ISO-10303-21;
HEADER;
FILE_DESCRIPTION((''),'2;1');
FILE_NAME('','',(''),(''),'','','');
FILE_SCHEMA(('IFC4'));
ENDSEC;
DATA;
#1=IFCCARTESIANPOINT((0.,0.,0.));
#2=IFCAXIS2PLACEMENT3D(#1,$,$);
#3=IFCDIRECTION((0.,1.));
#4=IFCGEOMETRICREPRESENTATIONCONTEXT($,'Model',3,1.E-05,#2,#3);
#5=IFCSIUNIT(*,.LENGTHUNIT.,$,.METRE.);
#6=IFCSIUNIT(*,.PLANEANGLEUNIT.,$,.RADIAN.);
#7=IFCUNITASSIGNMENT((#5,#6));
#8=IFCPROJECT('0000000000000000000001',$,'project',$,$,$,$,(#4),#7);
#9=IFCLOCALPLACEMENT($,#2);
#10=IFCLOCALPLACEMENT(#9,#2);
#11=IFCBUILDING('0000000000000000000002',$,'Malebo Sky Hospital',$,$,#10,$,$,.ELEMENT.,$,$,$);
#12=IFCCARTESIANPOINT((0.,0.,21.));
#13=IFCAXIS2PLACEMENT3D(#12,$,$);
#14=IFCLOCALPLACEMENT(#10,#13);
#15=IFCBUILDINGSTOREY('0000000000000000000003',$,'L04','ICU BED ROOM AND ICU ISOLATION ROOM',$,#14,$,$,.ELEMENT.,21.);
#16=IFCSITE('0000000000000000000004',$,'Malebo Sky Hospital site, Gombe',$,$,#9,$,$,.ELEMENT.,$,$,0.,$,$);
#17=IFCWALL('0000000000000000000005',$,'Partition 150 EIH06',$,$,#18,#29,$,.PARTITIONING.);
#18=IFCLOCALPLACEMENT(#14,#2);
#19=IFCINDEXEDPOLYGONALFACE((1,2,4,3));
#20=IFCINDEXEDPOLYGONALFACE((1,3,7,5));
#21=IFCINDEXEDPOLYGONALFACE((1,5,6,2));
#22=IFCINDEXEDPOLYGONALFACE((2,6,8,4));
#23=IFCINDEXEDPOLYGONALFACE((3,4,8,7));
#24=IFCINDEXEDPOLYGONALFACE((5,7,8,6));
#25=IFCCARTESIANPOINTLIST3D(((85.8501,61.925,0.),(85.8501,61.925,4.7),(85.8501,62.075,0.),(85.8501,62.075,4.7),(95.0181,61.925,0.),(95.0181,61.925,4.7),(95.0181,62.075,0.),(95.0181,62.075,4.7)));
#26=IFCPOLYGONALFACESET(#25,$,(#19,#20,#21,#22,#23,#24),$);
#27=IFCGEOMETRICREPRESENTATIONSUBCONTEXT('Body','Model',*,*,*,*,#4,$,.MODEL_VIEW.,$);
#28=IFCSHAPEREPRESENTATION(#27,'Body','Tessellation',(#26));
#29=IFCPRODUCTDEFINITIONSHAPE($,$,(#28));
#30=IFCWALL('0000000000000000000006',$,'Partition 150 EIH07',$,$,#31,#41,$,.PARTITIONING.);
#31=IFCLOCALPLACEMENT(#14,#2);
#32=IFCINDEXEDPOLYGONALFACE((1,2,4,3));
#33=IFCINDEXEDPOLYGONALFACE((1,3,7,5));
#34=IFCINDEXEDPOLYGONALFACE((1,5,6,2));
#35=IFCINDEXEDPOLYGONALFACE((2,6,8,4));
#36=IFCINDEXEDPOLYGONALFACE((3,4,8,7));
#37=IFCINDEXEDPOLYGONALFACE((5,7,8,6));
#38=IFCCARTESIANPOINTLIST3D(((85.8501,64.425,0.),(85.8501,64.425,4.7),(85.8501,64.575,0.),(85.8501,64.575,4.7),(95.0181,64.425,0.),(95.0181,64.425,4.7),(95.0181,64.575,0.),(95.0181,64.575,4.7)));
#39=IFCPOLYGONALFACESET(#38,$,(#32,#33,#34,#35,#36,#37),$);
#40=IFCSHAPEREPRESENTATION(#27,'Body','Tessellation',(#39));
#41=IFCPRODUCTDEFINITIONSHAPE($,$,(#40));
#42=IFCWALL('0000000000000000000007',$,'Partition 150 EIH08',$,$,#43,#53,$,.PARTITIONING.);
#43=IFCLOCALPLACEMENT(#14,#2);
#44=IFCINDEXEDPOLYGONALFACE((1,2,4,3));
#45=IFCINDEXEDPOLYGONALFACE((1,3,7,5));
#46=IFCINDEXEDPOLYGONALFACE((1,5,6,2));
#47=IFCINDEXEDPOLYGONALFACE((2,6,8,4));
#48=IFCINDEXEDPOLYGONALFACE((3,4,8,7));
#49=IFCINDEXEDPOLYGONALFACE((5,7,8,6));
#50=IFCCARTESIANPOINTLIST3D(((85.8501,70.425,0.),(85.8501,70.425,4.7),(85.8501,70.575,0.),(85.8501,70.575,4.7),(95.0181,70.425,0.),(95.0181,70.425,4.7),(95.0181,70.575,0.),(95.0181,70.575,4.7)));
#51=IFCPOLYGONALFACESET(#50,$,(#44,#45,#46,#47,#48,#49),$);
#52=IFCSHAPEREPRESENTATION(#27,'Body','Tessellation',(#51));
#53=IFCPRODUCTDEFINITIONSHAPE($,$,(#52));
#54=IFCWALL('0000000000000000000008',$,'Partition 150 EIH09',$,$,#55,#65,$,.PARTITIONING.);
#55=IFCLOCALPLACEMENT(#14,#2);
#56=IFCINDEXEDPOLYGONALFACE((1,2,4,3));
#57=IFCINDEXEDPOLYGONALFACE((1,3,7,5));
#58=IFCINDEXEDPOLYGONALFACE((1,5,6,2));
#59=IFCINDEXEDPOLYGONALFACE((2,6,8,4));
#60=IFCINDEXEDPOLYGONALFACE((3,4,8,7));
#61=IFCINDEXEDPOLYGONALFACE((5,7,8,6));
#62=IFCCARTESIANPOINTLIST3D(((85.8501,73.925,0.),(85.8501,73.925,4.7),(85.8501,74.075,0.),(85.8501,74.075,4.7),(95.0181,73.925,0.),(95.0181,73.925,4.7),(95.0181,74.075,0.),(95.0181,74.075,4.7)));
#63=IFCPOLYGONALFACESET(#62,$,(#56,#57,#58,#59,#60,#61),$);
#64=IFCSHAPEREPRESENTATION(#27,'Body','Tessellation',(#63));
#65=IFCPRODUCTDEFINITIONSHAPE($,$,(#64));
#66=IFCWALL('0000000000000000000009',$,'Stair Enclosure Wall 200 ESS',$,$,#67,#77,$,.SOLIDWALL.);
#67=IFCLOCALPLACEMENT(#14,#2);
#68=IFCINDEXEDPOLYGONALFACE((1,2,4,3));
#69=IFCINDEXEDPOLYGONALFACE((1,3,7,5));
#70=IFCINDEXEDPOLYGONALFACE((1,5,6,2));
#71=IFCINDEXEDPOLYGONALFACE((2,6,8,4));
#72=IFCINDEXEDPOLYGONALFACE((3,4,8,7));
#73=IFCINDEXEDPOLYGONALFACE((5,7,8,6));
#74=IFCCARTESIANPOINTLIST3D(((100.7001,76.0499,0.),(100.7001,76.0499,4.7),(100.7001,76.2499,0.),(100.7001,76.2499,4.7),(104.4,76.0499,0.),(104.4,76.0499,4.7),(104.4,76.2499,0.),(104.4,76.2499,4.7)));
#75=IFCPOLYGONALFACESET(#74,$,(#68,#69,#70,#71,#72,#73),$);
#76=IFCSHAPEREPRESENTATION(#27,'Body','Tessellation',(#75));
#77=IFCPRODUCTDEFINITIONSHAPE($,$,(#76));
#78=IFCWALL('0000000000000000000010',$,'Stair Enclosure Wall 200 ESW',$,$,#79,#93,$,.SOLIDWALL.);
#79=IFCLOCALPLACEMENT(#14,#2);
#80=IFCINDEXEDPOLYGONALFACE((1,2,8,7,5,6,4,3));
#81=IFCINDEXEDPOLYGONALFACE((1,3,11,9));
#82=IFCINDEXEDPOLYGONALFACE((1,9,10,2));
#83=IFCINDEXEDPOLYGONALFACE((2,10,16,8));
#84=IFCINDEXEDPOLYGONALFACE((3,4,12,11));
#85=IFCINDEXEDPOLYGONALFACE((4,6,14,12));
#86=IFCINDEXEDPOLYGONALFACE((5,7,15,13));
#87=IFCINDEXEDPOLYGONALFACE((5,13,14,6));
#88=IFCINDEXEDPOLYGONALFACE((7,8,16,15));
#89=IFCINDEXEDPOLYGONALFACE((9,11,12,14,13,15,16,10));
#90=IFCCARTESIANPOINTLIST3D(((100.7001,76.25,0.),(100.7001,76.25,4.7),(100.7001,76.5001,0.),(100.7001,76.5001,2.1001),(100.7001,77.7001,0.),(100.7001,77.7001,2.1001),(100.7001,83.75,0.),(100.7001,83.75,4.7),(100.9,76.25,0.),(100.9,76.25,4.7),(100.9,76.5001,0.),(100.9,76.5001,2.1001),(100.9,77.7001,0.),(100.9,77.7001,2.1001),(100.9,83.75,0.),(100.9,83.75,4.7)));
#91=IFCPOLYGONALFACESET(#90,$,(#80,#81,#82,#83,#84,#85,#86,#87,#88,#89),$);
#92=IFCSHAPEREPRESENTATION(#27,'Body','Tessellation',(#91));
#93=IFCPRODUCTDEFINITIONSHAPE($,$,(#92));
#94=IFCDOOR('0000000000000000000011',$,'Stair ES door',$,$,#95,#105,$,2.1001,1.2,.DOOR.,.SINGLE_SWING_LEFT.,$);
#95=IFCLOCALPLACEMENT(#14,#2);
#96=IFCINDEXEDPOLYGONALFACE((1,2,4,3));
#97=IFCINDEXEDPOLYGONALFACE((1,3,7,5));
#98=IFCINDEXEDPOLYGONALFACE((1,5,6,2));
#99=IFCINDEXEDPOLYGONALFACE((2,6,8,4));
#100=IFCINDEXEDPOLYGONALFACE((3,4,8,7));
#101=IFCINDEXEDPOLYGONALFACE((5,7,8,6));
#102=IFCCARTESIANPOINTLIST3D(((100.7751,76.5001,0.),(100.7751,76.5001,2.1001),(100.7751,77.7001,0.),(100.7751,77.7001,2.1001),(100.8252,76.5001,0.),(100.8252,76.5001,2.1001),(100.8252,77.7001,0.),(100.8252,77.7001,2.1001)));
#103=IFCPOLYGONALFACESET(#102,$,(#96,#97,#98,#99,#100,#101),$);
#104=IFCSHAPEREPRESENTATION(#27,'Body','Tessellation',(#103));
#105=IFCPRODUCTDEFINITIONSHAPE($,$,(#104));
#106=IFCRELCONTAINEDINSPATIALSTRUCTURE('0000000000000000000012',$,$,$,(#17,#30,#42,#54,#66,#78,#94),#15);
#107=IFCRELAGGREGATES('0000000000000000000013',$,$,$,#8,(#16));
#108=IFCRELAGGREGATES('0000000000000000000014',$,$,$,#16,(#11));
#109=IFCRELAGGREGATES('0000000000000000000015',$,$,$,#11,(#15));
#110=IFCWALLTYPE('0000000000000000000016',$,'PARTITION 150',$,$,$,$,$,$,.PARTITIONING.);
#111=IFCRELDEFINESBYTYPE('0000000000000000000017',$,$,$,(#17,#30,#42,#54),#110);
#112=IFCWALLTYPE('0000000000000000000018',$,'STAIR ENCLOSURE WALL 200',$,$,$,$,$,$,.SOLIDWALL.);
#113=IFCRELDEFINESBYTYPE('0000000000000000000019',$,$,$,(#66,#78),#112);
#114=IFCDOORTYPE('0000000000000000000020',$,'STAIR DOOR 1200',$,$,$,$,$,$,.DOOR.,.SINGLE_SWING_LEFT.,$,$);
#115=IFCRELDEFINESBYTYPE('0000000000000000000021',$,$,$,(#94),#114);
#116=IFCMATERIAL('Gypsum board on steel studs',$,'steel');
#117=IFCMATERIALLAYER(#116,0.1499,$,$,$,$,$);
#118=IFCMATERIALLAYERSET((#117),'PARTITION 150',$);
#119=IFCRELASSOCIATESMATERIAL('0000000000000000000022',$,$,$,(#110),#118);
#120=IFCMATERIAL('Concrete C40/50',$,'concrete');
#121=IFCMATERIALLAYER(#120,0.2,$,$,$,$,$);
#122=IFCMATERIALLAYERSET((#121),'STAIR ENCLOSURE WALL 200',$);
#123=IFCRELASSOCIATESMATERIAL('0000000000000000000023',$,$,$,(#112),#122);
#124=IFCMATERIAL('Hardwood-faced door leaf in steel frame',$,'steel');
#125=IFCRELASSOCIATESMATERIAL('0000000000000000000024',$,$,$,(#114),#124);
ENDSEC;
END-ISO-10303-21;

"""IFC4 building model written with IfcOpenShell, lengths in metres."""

from ifc_helpers import new_model, si_unit, direction, frame, frame_2d, origin, place, context, subcontext, project, spatial, rectangle, extrude, material, layer, layer_set, type_object, element, fill, save


model = new_model("IFC4")

# Units and contexts
model_context = context("Model", 3, precision=1e-05, world=origin(), true_north=direction((0.0, 1.0)))
body_context = subcontext(model_context, "Body", "Model", "MODEL_VIEW")
ifc_project = project(units=[si_unit("LENGTHUNIT", "METRE"), si_unit("PLANEANGLEUNIT", "RADIAN")], contexts=[model_context])

# Site, building, storey
site_placement = place(None, origin())
site = spatial("IfcSite", under=ifc_project, at=site_placement, Name="Malebo Sky Hospital site, Gombe", CompositionType="ELEMENT", RefElevation=0.0)
building_placement = place(site_placement, origin())
building = spatial("IfcBuilding", under=site, at=building_placement, Name="Malebo Sky Hospital", CompositionType="ELEMENT")
storey_placement = place(building_placement, frame((0.0, 0.0, 21.0)))
storey = spatial("IfcBuildingStorey", under=building, at=storey_placement, Name="L04", Description="ICU BED ROOM AND ICU ISOLATION ROOM", CompositionType="ELEMENT", Elevation=21.0)

# Shared definitions
ifc_material_1 = material(Name="Gypsum board on steel studs", Category="steel")
ifc_material_2 = material(Name="Hardwood-faced door leaf in steel frame", Category="steel")

# Shared definitions
ifc_layer_1 = layer(ifc_material_1, 0.1499)
ifc_layer_set_1 = layer_set([ifc_layer_1], Name="PARTITION 150")
wall_type_1 = type_object("IfcWallType", Name="PARTITION 150", PredefinedType="PARTITIONING", material=ifc_layer_set_1)

# Walls
for number, where, z_axis, x_axis, name in (
    (1, (95.0181, 62.0, 0.0), (0.0, 0.0, 1.0), (-1.0, 0.0, 0.0), "Partition 150 EIH06"),
    (2, (95.0181, 64.5, 0.0), (0.0, 0.0, 1.0), (-1.0, 0.0, 0.0), "Partition 150 EIH07"),
    (3, (95.0181, 70.5, 0.0), (0.0, 0.0, 1.0), (-1.0, 0.0, 0.0), "Partition 150 EIH08"),
    (4, (95.0181, 74.0, 0.0), (0.0, 0.0, 1.0), (-1.0, 0.0, 0.0), "Partition 150 EIH09"),
):
    element("IfcWall", number, at=place(storey_placement, frame(where, z_axis=z_axis, x_axis=x_axis)), inside=storey, type_object=wall_type_1, Name=name, PredefinedType="PARTITIONING", context=body_context, shape_type="SweptSolid", body=[
        extrude(rectangle(XDim=9.168, YDim=0.1499, at=frame_2d((4.584, 0.0))), origin(), (0.0, 0.0, 1.0), 4.7),
    ])
ifc_material_3 = material(Name="Concrete C40/50", Category="concrete")
ifc_layer_2 = layer(ifc_material_3, 0.2)
ifc_layer_set_2 = layer_set([ifc_layer_2], Name="STAIR ENCLOSURE WALL 200")
wall_type_2 = type_object("IfcWallType", Name="STAIR ENCLOSURE WALL 200", PredefinedType="SOLIDWALL", material=ifc_layer_set_2)
wall_1_placement = place(storey_placement, frame((100.7, 76.1499, 0.0), z_axis=(0.0, 0.0, 1.0), x_axis=(1.0, 0.0, 0.0)))
element("IfcWall", 5, at=wall_1_placement, inside=storey, type_object=wall_type_2, Name="Stair Enclosure Wall 200 ESS", PredefinedType="SOLIDWALL", context=body_context, shape_type="SweptSolid", body=[
    extrude(rectangle(XDim=3.7, YDim=0.2, at=frame_2d((1.8501, 0.0))), origin(), (0.0, 0.0, 1.0), 4.7),
])

# Wall, opening, door
wall_2_placement = place(storey_placement, frame((100.8, 76.25, 0.0), z_axis=(0.0, 0.0, 1.0), x_axis=(0.0, 1.0, 0.0)))
wall_2 = element("IfcWall", 6, at=wall_2_placement, inside=storey, type_object=wall_type_2, Name="Stair Enclosure Wall 200 ESW", PredefinedType="SOLIDWALL", context=body_context, shape_type="SweptSolid", body=[
    extrude(rectangle(XDim=7.5, YDim=0.2, at=frame_2d((3.75, 0.0))), origin(), (0.0, 0.0, 1.0), 4.7),
])
opening_1_placement = place(wall_2_placement, frame((0.25, 0.0, 0.0)))
opening_1 = element("IfcOpeningElement", 7, at=opening_1_placement, cuts=wall_2, PredefinedType="OPENING", context=body_context, shape_type="SweptSolid", body=[
    extrude(rectangle(XDim=1.2, YDim=2.1001, at=frame_2d((0.6001, 1.05))), frame((0.0, 0.1099, 0.0), z_axis=(0.0, -1.0, 0.0), x_axis=(1.0, 0.0, 0.0)), (0.0, 0.0, 1.0), 0.22),
])
door_type_1 = type_object("IfcDoorType", Name="STAIR DOOR 1200", OperationType="SINGLE_SWING_LEFT", PredefinedType="DOOR", material=ifc_material_2)
door_1_placement = place(opening_1_placement, origin())
door_1 = element("IfcDoor", 8, at=door_1_placement, inside=storey, type_object=door_type_1, Name="Stair ES door", OperationType="SINGLE_SWING_LEFT", OverallHeight=2.1001, OverallWidth=1.2, PredefinedType="DOOR", context=body_context, shape_type="SweptSolid", body=[
    extrude(rectangle(XDim=1.2, YDim=2.1001, at=frame_2d((0.6001, 1.05))), frame((0.0, 0.0249, 0.0), z_axis=(0.0, -1.0, 0.0), x_axis=(1.0, 0.0, 0.0)), (0.0, 0.0, 1.0), 0.05),
])
fill(opening_1, door_1)

save(model, "model.ifc")
